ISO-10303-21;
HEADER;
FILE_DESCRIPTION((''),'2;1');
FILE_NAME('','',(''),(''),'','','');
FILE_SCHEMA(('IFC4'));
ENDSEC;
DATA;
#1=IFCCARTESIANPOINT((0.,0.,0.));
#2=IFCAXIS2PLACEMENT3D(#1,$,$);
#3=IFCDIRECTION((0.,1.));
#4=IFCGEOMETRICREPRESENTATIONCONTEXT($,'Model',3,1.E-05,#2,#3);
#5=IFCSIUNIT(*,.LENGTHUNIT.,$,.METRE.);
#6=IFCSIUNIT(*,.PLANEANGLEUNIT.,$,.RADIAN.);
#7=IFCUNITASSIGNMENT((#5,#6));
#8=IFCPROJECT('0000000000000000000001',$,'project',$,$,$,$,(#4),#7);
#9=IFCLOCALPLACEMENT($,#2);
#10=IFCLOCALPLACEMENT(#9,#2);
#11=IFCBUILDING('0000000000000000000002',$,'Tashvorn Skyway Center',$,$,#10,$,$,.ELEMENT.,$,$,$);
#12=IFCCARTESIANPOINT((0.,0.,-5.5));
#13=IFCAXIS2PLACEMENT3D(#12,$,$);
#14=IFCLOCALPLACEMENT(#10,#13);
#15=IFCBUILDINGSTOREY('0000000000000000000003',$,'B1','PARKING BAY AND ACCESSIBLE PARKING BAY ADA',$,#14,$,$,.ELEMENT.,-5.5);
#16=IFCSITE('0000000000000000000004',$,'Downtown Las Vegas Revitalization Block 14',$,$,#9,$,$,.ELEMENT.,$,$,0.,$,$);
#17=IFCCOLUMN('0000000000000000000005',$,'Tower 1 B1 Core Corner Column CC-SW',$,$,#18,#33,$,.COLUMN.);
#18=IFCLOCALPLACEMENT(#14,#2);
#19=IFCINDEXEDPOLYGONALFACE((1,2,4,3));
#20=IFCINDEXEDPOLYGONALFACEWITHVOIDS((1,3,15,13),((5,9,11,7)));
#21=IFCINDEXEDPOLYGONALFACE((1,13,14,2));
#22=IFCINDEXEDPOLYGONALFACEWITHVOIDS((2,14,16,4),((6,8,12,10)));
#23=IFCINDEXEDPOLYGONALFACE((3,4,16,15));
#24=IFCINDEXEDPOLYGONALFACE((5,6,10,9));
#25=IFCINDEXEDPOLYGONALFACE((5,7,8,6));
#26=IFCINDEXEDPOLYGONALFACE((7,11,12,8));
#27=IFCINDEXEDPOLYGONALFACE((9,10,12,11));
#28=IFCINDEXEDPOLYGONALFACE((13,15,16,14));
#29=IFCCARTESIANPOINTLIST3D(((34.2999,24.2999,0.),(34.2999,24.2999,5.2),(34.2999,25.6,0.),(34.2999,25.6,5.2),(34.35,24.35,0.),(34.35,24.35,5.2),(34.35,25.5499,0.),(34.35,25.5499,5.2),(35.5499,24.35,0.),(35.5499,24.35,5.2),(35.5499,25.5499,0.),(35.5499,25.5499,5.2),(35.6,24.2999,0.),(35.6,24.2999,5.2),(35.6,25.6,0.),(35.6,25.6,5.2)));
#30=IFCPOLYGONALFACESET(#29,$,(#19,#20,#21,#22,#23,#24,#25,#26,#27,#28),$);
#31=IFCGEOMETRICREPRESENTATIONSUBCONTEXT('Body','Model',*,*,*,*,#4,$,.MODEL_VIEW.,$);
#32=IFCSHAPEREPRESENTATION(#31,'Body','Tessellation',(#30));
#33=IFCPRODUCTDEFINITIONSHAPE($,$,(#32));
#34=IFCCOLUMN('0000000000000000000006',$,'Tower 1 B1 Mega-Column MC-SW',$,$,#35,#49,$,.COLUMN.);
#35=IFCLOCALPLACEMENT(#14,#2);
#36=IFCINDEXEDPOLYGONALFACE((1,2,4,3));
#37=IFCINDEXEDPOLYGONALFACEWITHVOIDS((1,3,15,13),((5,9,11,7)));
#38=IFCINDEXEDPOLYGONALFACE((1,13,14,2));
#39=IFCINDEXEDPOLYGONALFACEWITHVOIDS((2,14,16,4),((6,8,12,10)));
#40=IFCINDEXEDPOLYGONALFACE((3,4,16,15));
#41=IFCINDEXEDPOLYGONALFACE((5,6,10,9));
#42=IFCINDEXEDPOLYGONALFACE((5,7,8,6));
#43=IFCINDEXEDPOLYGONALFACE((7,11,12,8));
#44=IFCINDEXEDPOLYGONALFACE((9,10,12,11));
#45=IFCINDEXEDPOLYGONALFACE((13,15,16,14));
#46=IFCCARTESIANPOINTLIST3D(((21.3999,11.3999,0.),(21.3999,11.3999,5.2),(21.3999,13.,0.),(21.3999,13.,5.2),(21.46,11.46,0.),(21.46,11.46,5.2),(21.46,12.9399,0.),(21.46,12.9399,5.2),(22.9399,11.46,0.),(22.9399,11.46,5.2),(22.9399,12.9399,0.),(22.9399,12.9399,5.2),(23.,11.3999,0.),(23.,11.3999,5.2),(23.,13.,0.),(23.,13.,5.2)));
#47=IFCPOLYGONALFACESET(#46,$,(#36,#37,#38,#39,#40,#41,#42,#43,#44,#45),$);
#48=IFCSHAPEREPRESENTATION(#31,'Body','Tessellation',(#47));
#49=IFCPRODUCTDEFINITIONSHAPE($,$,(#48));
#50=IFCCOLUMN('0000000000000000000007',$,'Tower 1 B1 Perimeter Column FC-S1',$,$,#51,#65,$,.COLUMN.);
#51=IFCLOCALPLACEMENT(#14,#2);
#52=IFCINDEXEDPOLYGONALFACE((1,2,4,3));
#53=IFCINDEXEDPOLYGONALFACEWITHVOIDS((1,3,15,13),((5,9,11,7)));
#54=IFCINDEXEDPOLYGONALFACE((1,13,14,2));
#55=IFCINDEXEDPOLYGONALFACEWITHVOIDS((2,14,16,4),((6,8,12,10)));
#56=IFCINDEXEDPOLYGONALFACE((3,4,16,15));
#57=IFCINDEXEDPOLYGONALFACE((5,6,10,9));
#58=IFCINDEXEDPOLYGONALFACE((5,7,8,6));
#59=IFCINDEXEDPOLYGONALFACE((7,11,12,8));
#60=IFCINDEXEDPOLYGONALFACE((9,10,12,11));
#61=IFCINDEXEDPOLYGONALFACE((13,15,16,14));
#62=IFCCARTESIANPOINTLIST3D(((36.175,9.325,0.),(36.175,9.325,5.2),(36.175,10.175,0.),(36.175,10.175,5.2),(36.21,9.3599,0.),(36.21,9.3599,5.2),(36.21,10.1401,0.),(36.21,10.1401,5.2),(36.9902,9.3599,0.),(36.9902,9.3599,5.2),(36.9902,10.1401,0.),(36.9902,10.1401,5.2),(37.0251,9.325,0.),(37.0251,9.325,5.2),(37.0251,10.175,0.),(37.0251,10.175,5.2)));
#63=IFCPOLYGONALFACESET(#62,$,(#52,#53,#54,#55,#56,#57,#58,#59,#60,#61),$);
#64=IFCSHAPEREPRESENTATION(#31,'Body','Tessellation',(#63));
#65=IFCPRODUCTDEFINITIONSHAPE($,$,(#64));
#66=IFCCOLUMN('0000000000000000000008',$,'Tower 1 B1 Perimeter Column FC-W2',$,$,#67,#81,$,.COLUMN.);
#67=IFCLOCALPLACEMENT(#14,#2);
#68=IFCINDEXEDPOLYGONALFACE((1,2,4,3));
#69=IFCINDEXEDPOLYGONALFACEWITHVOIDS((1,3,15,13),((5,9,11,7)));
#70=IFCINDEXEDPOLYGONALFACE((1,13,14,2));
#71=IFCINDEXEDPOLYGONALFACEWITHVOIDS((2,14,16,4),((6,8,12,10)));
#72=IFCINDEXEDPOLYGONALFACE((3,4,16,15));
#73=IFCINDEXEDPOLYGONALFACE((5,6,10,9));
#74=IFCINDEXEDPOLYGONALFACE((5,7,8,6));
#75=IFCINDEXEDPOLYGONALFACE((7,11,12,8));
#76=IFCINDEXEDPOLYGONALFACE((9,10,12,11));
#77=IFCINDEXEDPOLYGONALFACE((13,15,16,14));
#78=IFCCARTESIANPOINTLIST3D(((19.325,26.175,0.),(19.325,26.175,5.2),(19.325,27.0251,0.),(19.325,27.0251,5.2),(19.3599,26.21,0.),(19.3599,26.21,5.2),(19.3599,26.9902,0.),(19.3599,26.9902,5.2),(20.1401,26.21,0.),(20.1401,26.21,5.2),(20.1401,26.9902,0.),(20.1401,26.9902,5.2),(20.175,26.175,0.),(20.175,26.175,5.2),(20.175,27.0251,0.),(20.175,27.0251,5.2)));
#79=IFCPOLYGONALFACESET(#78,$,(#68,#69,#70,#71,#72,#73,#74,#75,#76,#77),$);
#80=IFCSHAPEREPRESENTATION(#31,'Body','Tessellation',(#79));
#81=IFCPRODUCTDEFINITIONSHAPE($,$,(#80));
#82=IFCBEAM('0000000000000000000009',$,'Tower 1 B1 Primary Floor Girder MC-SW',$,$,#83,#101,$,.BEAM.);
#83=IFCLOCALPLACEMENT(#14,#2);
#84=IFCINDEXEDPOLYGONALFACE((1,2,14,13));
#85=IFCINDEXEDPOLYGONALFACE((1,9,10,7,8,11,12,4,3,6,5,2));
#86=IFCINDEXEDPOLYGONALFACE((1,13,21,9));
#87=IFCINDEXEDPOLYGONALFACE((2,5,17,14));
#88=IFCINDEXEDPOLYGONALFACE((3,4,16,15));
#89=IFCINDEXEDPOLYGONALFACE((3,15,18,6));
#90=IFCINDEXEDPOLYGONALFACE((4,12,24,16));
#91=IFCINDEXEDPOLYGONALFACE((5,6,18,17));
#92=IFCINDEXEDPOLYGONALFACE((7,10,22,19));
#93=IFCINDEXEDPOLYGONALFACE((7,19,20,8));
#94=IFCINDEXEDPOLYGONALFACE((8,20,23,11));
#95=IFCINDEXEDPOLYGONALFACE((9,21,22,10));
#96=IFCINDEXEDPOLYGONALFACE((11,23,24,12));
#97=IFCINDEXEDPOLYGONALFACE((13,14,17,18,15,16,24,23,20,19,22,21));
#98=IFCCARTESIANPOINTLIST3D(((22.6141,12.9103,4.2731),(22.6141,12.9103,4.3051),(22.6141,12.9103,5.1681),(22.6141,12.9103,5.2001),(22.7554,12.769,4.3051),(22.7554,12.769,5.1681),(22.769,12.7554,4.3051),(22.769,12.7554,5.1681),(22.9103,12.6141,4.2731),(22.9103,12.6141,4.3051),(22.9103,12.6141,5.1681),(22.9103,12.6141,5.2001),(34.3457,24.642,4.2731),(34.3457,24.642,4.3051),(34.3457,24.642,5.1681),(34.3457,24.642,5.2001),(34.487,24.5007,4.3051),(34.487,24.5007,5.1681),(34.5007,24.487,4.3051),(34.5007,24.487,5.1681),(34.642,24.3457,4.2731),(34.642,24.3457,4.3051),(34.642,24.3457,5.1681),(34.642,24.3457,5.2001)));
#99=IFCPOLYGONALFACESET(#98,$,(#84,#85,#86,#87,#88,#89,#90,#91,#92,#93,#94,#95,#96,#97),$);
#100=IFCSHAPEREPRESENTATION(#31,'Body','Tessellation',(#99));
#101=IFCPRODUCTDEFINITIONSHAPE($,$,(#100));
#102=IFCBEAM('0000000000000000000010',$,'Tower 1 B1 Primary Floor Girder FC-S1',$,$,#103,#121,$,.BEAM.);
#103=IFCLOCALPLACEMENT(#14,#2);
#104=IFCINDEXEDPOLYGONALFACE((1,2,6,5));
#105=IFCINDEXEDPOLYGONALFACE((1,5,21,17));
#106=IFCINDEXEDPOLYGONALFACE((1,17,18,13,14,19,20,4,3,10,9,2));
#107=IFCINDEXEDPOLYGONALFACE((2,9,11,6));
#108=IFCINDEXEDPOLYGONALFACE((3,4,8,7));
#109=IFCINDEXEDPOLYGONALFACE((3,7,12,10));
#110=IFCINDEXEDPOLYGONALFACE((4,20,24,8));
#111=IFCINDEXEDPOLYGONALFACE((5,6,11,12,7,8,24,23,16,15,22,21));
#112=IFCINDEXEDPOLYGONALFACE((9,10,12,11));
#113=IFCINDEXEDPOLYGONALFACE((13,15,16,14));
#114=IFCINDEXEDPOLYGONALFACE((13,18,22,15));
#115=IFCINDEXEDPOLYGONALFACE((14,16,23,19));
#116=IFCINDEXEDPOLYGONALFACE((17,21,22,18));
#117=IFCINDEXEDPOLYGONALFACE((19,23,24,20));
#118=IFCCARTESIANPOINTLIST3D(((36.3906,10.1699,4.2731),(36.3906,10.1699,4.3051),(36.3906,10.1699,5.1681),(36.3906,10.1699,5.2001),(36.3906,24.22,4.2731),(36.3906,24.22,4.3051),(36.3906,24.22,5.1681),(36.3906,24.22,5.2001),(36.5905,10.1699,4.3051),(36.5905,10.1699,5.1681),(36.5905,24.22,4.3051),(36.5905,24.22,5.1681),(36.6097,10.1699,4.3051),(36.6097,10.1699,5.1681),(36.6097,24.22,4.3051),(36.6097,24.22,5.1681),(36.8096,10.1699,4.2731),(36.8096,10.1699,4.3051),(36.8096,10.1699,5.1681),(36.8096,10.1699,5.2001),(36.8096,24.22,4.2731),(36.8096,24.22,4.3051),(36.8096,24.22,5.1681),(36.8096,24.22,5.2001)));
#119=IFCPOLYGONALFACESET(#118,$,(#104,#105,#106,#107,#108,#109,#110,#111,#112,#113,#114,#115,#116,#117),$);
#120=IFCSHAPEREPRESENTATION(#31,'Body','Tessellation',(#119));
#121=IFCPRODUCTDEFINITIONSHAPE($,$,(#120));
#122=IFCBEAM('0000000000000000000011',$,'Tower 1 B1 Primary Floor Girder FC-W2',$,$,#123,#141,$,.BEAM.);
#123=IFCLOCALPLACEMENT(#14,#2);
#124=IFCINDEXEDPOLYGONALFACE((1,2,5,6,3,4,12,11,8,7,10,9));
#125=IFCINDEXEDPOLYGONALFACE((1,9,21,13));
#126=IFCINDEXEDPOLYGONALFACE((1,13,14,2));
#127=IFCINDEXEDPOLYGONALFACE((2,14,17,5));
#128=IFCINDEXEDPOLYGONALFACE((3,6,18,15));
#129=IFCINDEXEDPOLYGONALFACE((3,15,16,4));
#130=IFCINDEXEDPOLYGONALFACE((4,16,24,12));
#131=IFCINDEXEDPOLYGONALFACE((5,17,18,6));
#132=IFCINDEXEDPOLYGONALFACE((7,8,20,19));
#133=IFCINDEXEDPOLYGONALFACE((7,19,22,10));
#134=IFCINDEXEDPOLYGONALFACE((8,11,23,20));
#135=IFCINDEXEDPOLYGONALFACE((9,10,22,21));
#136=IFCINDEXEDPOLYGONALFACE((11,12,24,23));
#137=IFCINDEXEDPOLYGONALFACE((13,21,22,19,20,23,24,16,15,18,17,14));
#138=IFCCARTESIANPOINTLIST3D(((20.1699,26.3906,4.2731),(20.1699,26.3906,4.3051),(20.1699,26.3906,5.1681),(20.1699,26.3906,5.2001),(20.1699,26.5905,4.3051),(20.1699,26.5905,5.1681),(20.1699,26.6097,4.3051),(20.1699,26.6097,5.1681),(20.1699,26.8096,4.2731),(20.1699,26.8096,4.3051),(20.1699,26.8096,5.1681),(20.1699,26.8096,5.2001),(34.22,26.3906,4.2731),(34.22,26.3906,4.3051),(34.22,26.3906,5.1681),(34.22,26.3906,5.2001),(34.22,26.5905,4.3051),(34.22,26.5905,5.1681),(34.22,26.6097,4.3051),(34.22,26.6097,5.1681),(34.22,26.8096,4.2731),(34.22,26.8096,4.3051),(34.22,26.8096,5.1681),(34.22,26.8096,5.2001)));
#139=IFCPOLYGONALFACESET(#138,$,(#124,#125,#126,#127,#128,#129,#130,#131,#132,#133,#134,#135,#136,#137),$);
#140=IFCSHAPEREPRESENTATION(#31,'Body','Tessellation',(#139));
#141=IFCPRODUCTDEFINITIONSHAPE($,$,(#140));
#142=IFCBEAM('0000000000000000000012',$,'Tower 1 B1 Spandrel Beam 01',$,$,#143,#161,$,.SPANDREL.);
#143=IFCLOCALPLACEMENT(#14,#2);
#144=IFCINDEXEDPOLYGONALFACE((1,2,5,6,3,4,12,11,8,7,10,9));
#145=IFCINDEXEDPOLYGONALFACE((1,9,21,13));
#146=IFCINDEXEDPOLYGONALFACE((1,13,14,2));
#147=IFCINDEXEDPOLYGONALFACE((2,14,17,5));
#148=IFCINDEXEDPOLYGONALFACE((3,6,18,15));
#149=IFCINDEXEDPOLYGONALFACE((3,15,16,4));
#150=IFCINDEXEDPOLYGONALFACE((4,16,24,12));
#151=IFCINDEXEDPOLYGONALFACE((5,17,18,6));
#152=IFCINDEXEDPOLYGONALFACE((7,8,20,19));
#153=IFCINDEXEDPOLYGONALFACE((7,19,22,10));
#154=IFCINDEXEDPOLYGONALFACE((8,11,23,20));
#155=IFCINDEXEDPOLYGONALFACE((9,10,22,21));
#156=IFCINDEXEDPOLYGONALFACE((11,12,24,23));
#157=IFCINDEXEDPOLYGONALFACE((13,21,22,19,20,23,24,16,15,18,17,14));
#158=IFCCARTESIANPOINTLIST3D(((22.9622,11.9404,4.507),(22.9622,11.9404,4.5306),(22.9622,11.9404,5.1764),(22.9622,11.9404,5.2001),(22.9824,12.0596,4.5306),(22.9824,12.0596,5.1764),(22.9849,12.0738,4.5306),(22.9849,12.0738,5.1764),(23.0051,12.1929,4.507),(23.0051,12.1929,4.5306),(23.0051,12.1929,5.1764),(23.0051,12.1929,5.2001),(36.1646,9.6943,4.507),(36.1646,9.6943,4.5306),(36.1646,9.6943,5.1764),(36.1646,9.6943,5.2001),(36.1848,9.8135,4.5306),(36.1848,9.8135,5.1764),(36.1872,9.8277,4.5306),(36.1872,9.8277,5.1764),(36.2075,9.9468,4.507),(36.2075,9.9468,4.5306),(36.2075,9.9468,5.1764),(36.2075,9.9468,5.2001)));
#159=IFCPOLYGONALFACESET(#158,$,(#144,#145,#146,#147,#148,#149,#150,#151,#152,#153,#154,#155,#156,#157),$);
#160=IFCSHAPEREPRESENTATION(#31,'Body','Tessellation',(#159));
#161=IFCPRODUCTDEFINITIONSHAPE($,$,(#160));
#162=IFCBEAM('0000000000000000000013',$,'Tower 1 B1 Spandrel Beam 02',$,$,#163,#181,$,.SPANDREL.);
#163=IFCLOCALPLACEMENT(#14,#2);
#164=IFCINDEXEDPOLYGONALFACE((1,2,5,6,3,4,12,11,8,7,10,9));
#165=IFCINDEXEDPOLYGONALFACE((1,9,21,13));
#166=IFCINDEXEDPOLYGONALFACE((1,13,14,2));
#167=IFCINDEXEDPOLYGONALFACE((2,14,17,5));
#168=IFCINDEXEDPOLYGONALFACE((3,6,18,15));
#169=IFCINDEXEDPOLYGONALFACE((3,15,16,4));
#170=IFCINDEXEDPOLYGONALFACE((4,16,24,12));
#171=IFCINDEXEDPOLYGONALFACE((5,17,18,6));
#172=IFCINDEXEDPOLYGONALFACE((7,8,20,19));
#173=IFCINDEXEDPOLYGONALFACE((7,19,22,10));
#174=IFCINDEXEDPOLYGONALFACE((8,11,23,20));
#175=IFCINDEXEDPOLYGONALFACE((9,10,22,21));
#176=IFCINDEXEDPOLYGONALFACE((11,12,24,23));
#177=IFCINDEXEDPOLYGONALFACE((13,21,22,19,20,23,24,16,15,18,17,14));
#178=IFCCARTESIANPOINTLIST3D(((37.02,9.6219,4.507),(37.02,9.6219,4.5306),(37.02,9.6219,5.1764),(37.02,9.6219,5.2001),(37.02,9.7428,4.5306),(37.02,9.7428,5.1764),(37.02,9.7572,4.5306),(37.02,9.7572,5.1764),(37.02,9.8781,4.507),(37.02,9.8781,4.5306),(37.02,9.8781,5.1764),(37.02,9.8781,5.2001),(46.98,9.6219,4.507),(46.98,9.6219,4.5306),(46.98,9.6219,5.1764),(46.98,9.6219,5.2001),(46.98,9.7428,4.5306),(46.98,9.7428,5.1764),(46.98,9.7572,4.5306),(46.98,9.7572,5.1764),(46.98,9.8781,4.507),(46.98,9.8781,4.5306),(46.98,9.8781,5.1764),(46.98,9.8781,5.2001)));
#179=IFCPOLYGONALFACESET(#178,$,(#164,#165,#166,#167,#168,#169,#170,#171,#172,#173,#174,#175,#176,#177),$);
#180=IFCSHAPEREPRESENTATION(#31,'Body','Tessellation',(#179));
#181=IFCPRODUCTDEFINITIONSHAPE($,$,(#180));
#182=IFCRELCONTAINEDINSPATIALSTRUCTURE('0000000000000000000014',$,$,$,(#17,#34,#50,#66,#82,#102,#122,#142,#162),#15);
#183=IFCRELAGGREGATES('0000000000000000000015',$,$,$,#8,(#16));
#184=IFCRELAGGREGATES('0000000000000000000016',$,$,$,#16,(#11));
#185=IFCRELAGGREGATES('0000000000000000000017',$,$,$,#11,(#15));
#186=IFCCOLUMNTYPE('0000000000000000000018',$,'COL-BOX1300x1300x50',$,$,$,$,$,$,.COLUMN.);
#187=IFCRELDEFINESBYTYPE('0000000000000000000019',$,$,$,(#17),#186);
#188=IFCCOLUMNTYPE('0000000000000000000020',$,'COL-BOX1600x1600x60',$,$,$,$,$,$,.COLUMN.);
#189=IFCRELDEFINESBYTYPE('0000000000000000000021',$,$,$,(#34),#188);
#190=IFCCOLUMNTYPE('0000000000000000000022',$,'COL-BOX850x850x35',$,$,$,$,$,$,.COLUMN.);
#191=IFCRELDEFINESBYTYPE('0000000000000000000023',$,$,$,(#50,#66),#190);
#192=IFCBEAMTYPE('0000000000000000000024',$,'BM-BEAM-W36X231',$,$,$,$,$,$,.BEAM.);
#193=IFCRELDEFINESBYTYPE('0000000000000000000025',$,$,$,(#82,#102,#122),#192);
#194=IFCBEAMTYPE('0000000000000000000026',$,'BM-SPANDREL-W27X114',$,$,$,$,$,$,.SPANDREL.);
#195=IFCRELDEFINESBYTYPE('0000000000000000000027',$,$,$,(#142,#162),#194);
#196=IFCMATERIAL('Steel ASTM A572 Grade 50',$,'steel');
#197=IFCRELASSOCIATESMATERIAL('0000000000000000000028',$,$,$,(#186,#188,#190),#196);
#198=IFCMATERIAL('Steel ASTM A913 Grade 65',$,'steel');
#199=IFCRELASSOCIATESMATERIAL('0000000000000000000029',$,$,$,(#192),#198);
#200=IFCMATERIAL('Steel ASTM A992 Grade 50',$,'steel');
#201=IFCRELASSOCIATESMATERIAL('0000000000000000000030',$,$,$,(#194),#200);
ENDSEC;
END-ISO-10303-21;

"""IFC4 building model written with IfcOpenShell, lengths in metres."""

from ifc_helpers import new_model, si_unit, direction, frame, origin, origin_2d, place, context, subcontext, project, spatial, hollow_rectangle, i_section, extrude, material, material_profile, profile_set, type_object, element, save


model = new_model("IFC4")

# Units and contexts
model_context = context("Model", 3, precision=1e-05, world=origin(), true_north=direction((0.0, 1.0)))
body_context = subcontext(model_context, "Body", "Model", "MODEL_VIEW")
ifc_project = project(units=[si_unit("LENGTHUNIT", "METRE"), si_unit("PLANEANGLEUNIT", "RADIAN")], contexts=[model_context])

# Site, building, storey
site_placement = place(None, origin())
site = spatial("IfcSite", under=ifc_project, at=site_placement, Name="Downtown Las Vegas Revitalization Block 14", CompositionType="ELEMENT", RefElevation=0.0)
building_placement = place(site_placement, origin())
building = spatial("IfcBuilding", under=site, at=building_placement, Name="Tashvorn Skyway Center", CompositionType="ELEMENT")
storey_placement = place(building_placement, frame((0.0, 0.0, -5.5)))
storey = spatial("IfcBuildingStorey", under=building, at=storey_placement, Name="B1", Description="PARKING BAY AND ACCESSIBLE PARKING BAY ADA", CompositionType="ELEMENT", Elevation=-5.5)

# Columns
ifc_material_1 = material(Name="Steel ASTM A572 Grade 50", Category="steel")
ifc_material_profile_1 = material_profile(ifc_material_1, hollow_rectangle(XDim=1.3, YDim=1.3, WallThickness=0.05, at=origin_2d()), Name="BOX1300x1300x50")
ifc_profile_set_1 = profile_set([ifc_material_profile_1], Name="Steel ASTM A572 Grade 50")
column_type_1 = type_object("IfcColumnType", Name="COL-BOX1300x1300x50", PredefinedType="COLUMN", material=ifc_profile_set_1)
column_1_placement = place(storey_placement, frame((34.95, 24.95, 0.0), z_axis=(0.0, 0.0, 1.0), x_axis=(1.0, 0.0, 0.0)))
element("IfcColumn", 1, at=column_1_placement, inside=storey, type_object=column_type_1, Name="Tower 1 B1 Core Corner Column CC-SW", PredefinedType="COLUMN", context=body_context, shape_type="SweptSolid", body=[
    extrude(hollow_rectangle(XDim=1.3, YDim=1.3, WallThickness=0.05, at=origin_2d()), origin(), (0.0, 0.0, 1.0), 5.2),
])
ifc_material_profile_2 = material_profile(ifc_material_1, hollow_rectangle(XDim=1.6001, YDim=1.6001, WallThickness=0.0601, at=origin_2d()), Name="BOX1600x1600x60")
ifc_profile_set_2 = profile_set([ifc_material_profile_2], Name="Steel ASTM A572 Grade 50")
column_type_2 = type_object("IfcColumnType", Name="COL-BOX1600x1600x60", PredefinedType="COLUMN", material=ifc_profile_set_2)
column_2_placement = place(storey_placement, frame((22.2, 12.2, 0.0), z_axis=(0.0, 0.0, 1.0), x_axis=(1.0, 0.0, 0.0)))
element("IfcColumn", 2, at=column_2_placement, inside=storey, type_object=column_type_2, Name="Tower 1 B1 Mega-Column MC-SW", PredefinedType="COLUMN", context=body_context, shape_type="SweptSolid", body=[
    extrude(hollow_rectangle(XDim=1.6001, YDim=1.6001, WallThickness=0.0601, at=origin_2d()), origin(), (0.0, 0.0, 1.0), 5.2),
])
ifc_material_profile_3 = material_profile(ifc_material_1, hollow_rectangle(XDim=0.8501, YDim=0.8501, WallThickness=0.0349, at=origin_2d()), Name="BOX850x850x35")
ifc_profile_set_3 = profile_set([ifc_material_profile_3], Name="Steel ASTM A572 Grade 50")
column_type_3 = type_object("IfcColumnType", Name="COL-BOX850x850x35", PredefinedType="COLUMN", material=ifc_profile_set_3)
for number, where, z_axis, x_axis, name in (
    (3, (36.6001, 9.75, 0.0), (0.0, 0.0, 1.0), (1.0, 0.0, 0.0), "Tower 1 B1 Perimeter Column FC-S1"),
    (4, (19.75, 26.6001, 0.0), (0.0, 0.0, 1.0), (1.0, 0.0, 0.0), "Tower 1 B1 Perimeter Column FC-W2"),
):
    element("IfcColumn", number, at=place(storey_placement, frame(where, z_axis=z_axis, x_axis=x_axis)), inside=storey, type_object=column_type_3, Name=name, PredefinedType="COLUMN", context=body_context, shape_type="SweptSolid", body=[
        extrude(hollow_rectangle(XDim=0.8501, YDim=0.8501, WallThickness=0.0349, at=origin_2d()), origin(), (0.0, 0.0, 1.0), 5.2),
    ])

# Beams
ifc_material_2 = material(Name="Steel ASTM A913 Grade 65", Category="steel")
ifc_material_profile_4 = material_profile(ifc_material_2, i_section(OverallWidth=0.4189, OverallDepth=0.927, WebThickness=0.0193, FlangeThickness=0.032, at=origin_2d()), Name="W36X231")
ifc_profile_set_4 = profile_set([ifc_material_profile_4], Name="Steel ASTM A913 Grade 65")
beam_type_1 = type_object("IfcBeamType", Name="BM-BEAM-W36X231", PredefinedType="BEAM", material=ifc_profile_set_4)
beam_1_placement = place(storey_placement, frame((22.7622, 12.7622, 4.7366), z_axis=(0.707107, 0.707107, 0.0), x_axis=(-0.707107, 0.707107, 0.0)))
element("IfcBeam", 5, at=beam_1_placement, inside=storey, type_object=beam_type_1, Name="Tower 1 B1 Primary Floor Girder MC-SW", PredefinedType="BEAM", context=body_context, shape_type="SweptSolid", body=[
    extrude(i_section(OverallWidth=0.4189, OverallDepth=0.927, WebThickness=0.0193, FlangeThickness=0.032, at=origin_2d()), origin(), (0.0, 0.0, 1.0), 16.5911),
])
for number, where, z_axis, x_axis, name in (
    (6, (36.6001, 10.1699, 4.7366), (0.0, 1.0, 0.0), (-1.0, 0.0, 0.0), "Tower 1 B1 Primary Floor Girder FC-S1"),
    (7, (20.1699, 26.6001, 4.7366), (1.0, 0.0, 0.0), (0.0, 1.0, 0.0), "Tower 1 B1 Primary Floor Girder FC-W2"),
):
    element("IfcBeam", number, at=place(storey_placement, frame(where, z_axis=z_axis, x_axis=x_axis)), inside=storey, type_object=beam_type_1, Name=name, PredefinedType="BEAM", context=body_context, shape_type="SweptSolid", body=[
        extrude(i_section(OverallWidth=0.4189, OverallDepth=0.927, WebThickness=0.0193, FlangeThickness=0.032, at=origin_2d()), origin(), (0.0, 0.0, 1.0), 14.05),
    ])
ifc_material_3 = material(Name="Steel ASTM A992 Grade 50", Category="steel")
ifc_material_profile_5 = material_profile(ifc_material_3, i_section(OverallWidth=0.2561, OverallDepth=0.6931, WebThickness=0.0144, FlangeThickness=0.0237, at=origin_2d()), Name="W27X114")
ifc_profile_set_5 = profile_set([ifc_material_profile_5], Name="Steel ASTM A992 Grade 50")
beam_type_2 = type_object("IfcBeamType", Name="BM-SPANDREL-W27X114", PredefinedType="SPANDREL", material=ifc_profile_set_5)
beam_2_placement = place(storey_placement, frame((22.9836, 12.0667, 4.8535), z_axis=(0.985835, -0.167718, 0.0), x_axis=(0.167718, 0.985835, 0.0)))
element("IfcBeam", 8, at=beam_2_placement, inside=storey, type_object=beam_type_2, Name="Tower 1 B1 Spandrel Beam 01", PredefinedType="SPANDREL", context=body_context, shape_type="SweptSolid", body=[
    extrude(i_section(OverallWidth=0.2561, OverallDepth=0.6931, WebThickness=0.0144, FlangeThickness=0.0237, at=origin_2d()), origin(), (0.0, 0.0, 1.0), 13.3921),
])
beam_3_placement = place(storey_placement, frame((37.02, 9.75, 4.8535), z_axis=(1.0, 0.0, 0.0), x_axis=(0.0, 1.0, 0.0)))
element("IfcBeam", 9, at=beam_3_placement, inside=storey, type_object=beam_type_2, Name="Tower 1 B1 Spandrel Beam 02", PredefinedType="SPANDREL", context=body_context, shape_type="SweptSolid", body=[
    extrude(i_section(OverallWidth=0.2561, OverallDepth=0.6931, WebThickness=0.0144, FlangeThickness=0.0237, at=origin_2d()), origin(), (0.0, 0.0, 1.0), 9.96),
])

save(model, "model.ifc")
